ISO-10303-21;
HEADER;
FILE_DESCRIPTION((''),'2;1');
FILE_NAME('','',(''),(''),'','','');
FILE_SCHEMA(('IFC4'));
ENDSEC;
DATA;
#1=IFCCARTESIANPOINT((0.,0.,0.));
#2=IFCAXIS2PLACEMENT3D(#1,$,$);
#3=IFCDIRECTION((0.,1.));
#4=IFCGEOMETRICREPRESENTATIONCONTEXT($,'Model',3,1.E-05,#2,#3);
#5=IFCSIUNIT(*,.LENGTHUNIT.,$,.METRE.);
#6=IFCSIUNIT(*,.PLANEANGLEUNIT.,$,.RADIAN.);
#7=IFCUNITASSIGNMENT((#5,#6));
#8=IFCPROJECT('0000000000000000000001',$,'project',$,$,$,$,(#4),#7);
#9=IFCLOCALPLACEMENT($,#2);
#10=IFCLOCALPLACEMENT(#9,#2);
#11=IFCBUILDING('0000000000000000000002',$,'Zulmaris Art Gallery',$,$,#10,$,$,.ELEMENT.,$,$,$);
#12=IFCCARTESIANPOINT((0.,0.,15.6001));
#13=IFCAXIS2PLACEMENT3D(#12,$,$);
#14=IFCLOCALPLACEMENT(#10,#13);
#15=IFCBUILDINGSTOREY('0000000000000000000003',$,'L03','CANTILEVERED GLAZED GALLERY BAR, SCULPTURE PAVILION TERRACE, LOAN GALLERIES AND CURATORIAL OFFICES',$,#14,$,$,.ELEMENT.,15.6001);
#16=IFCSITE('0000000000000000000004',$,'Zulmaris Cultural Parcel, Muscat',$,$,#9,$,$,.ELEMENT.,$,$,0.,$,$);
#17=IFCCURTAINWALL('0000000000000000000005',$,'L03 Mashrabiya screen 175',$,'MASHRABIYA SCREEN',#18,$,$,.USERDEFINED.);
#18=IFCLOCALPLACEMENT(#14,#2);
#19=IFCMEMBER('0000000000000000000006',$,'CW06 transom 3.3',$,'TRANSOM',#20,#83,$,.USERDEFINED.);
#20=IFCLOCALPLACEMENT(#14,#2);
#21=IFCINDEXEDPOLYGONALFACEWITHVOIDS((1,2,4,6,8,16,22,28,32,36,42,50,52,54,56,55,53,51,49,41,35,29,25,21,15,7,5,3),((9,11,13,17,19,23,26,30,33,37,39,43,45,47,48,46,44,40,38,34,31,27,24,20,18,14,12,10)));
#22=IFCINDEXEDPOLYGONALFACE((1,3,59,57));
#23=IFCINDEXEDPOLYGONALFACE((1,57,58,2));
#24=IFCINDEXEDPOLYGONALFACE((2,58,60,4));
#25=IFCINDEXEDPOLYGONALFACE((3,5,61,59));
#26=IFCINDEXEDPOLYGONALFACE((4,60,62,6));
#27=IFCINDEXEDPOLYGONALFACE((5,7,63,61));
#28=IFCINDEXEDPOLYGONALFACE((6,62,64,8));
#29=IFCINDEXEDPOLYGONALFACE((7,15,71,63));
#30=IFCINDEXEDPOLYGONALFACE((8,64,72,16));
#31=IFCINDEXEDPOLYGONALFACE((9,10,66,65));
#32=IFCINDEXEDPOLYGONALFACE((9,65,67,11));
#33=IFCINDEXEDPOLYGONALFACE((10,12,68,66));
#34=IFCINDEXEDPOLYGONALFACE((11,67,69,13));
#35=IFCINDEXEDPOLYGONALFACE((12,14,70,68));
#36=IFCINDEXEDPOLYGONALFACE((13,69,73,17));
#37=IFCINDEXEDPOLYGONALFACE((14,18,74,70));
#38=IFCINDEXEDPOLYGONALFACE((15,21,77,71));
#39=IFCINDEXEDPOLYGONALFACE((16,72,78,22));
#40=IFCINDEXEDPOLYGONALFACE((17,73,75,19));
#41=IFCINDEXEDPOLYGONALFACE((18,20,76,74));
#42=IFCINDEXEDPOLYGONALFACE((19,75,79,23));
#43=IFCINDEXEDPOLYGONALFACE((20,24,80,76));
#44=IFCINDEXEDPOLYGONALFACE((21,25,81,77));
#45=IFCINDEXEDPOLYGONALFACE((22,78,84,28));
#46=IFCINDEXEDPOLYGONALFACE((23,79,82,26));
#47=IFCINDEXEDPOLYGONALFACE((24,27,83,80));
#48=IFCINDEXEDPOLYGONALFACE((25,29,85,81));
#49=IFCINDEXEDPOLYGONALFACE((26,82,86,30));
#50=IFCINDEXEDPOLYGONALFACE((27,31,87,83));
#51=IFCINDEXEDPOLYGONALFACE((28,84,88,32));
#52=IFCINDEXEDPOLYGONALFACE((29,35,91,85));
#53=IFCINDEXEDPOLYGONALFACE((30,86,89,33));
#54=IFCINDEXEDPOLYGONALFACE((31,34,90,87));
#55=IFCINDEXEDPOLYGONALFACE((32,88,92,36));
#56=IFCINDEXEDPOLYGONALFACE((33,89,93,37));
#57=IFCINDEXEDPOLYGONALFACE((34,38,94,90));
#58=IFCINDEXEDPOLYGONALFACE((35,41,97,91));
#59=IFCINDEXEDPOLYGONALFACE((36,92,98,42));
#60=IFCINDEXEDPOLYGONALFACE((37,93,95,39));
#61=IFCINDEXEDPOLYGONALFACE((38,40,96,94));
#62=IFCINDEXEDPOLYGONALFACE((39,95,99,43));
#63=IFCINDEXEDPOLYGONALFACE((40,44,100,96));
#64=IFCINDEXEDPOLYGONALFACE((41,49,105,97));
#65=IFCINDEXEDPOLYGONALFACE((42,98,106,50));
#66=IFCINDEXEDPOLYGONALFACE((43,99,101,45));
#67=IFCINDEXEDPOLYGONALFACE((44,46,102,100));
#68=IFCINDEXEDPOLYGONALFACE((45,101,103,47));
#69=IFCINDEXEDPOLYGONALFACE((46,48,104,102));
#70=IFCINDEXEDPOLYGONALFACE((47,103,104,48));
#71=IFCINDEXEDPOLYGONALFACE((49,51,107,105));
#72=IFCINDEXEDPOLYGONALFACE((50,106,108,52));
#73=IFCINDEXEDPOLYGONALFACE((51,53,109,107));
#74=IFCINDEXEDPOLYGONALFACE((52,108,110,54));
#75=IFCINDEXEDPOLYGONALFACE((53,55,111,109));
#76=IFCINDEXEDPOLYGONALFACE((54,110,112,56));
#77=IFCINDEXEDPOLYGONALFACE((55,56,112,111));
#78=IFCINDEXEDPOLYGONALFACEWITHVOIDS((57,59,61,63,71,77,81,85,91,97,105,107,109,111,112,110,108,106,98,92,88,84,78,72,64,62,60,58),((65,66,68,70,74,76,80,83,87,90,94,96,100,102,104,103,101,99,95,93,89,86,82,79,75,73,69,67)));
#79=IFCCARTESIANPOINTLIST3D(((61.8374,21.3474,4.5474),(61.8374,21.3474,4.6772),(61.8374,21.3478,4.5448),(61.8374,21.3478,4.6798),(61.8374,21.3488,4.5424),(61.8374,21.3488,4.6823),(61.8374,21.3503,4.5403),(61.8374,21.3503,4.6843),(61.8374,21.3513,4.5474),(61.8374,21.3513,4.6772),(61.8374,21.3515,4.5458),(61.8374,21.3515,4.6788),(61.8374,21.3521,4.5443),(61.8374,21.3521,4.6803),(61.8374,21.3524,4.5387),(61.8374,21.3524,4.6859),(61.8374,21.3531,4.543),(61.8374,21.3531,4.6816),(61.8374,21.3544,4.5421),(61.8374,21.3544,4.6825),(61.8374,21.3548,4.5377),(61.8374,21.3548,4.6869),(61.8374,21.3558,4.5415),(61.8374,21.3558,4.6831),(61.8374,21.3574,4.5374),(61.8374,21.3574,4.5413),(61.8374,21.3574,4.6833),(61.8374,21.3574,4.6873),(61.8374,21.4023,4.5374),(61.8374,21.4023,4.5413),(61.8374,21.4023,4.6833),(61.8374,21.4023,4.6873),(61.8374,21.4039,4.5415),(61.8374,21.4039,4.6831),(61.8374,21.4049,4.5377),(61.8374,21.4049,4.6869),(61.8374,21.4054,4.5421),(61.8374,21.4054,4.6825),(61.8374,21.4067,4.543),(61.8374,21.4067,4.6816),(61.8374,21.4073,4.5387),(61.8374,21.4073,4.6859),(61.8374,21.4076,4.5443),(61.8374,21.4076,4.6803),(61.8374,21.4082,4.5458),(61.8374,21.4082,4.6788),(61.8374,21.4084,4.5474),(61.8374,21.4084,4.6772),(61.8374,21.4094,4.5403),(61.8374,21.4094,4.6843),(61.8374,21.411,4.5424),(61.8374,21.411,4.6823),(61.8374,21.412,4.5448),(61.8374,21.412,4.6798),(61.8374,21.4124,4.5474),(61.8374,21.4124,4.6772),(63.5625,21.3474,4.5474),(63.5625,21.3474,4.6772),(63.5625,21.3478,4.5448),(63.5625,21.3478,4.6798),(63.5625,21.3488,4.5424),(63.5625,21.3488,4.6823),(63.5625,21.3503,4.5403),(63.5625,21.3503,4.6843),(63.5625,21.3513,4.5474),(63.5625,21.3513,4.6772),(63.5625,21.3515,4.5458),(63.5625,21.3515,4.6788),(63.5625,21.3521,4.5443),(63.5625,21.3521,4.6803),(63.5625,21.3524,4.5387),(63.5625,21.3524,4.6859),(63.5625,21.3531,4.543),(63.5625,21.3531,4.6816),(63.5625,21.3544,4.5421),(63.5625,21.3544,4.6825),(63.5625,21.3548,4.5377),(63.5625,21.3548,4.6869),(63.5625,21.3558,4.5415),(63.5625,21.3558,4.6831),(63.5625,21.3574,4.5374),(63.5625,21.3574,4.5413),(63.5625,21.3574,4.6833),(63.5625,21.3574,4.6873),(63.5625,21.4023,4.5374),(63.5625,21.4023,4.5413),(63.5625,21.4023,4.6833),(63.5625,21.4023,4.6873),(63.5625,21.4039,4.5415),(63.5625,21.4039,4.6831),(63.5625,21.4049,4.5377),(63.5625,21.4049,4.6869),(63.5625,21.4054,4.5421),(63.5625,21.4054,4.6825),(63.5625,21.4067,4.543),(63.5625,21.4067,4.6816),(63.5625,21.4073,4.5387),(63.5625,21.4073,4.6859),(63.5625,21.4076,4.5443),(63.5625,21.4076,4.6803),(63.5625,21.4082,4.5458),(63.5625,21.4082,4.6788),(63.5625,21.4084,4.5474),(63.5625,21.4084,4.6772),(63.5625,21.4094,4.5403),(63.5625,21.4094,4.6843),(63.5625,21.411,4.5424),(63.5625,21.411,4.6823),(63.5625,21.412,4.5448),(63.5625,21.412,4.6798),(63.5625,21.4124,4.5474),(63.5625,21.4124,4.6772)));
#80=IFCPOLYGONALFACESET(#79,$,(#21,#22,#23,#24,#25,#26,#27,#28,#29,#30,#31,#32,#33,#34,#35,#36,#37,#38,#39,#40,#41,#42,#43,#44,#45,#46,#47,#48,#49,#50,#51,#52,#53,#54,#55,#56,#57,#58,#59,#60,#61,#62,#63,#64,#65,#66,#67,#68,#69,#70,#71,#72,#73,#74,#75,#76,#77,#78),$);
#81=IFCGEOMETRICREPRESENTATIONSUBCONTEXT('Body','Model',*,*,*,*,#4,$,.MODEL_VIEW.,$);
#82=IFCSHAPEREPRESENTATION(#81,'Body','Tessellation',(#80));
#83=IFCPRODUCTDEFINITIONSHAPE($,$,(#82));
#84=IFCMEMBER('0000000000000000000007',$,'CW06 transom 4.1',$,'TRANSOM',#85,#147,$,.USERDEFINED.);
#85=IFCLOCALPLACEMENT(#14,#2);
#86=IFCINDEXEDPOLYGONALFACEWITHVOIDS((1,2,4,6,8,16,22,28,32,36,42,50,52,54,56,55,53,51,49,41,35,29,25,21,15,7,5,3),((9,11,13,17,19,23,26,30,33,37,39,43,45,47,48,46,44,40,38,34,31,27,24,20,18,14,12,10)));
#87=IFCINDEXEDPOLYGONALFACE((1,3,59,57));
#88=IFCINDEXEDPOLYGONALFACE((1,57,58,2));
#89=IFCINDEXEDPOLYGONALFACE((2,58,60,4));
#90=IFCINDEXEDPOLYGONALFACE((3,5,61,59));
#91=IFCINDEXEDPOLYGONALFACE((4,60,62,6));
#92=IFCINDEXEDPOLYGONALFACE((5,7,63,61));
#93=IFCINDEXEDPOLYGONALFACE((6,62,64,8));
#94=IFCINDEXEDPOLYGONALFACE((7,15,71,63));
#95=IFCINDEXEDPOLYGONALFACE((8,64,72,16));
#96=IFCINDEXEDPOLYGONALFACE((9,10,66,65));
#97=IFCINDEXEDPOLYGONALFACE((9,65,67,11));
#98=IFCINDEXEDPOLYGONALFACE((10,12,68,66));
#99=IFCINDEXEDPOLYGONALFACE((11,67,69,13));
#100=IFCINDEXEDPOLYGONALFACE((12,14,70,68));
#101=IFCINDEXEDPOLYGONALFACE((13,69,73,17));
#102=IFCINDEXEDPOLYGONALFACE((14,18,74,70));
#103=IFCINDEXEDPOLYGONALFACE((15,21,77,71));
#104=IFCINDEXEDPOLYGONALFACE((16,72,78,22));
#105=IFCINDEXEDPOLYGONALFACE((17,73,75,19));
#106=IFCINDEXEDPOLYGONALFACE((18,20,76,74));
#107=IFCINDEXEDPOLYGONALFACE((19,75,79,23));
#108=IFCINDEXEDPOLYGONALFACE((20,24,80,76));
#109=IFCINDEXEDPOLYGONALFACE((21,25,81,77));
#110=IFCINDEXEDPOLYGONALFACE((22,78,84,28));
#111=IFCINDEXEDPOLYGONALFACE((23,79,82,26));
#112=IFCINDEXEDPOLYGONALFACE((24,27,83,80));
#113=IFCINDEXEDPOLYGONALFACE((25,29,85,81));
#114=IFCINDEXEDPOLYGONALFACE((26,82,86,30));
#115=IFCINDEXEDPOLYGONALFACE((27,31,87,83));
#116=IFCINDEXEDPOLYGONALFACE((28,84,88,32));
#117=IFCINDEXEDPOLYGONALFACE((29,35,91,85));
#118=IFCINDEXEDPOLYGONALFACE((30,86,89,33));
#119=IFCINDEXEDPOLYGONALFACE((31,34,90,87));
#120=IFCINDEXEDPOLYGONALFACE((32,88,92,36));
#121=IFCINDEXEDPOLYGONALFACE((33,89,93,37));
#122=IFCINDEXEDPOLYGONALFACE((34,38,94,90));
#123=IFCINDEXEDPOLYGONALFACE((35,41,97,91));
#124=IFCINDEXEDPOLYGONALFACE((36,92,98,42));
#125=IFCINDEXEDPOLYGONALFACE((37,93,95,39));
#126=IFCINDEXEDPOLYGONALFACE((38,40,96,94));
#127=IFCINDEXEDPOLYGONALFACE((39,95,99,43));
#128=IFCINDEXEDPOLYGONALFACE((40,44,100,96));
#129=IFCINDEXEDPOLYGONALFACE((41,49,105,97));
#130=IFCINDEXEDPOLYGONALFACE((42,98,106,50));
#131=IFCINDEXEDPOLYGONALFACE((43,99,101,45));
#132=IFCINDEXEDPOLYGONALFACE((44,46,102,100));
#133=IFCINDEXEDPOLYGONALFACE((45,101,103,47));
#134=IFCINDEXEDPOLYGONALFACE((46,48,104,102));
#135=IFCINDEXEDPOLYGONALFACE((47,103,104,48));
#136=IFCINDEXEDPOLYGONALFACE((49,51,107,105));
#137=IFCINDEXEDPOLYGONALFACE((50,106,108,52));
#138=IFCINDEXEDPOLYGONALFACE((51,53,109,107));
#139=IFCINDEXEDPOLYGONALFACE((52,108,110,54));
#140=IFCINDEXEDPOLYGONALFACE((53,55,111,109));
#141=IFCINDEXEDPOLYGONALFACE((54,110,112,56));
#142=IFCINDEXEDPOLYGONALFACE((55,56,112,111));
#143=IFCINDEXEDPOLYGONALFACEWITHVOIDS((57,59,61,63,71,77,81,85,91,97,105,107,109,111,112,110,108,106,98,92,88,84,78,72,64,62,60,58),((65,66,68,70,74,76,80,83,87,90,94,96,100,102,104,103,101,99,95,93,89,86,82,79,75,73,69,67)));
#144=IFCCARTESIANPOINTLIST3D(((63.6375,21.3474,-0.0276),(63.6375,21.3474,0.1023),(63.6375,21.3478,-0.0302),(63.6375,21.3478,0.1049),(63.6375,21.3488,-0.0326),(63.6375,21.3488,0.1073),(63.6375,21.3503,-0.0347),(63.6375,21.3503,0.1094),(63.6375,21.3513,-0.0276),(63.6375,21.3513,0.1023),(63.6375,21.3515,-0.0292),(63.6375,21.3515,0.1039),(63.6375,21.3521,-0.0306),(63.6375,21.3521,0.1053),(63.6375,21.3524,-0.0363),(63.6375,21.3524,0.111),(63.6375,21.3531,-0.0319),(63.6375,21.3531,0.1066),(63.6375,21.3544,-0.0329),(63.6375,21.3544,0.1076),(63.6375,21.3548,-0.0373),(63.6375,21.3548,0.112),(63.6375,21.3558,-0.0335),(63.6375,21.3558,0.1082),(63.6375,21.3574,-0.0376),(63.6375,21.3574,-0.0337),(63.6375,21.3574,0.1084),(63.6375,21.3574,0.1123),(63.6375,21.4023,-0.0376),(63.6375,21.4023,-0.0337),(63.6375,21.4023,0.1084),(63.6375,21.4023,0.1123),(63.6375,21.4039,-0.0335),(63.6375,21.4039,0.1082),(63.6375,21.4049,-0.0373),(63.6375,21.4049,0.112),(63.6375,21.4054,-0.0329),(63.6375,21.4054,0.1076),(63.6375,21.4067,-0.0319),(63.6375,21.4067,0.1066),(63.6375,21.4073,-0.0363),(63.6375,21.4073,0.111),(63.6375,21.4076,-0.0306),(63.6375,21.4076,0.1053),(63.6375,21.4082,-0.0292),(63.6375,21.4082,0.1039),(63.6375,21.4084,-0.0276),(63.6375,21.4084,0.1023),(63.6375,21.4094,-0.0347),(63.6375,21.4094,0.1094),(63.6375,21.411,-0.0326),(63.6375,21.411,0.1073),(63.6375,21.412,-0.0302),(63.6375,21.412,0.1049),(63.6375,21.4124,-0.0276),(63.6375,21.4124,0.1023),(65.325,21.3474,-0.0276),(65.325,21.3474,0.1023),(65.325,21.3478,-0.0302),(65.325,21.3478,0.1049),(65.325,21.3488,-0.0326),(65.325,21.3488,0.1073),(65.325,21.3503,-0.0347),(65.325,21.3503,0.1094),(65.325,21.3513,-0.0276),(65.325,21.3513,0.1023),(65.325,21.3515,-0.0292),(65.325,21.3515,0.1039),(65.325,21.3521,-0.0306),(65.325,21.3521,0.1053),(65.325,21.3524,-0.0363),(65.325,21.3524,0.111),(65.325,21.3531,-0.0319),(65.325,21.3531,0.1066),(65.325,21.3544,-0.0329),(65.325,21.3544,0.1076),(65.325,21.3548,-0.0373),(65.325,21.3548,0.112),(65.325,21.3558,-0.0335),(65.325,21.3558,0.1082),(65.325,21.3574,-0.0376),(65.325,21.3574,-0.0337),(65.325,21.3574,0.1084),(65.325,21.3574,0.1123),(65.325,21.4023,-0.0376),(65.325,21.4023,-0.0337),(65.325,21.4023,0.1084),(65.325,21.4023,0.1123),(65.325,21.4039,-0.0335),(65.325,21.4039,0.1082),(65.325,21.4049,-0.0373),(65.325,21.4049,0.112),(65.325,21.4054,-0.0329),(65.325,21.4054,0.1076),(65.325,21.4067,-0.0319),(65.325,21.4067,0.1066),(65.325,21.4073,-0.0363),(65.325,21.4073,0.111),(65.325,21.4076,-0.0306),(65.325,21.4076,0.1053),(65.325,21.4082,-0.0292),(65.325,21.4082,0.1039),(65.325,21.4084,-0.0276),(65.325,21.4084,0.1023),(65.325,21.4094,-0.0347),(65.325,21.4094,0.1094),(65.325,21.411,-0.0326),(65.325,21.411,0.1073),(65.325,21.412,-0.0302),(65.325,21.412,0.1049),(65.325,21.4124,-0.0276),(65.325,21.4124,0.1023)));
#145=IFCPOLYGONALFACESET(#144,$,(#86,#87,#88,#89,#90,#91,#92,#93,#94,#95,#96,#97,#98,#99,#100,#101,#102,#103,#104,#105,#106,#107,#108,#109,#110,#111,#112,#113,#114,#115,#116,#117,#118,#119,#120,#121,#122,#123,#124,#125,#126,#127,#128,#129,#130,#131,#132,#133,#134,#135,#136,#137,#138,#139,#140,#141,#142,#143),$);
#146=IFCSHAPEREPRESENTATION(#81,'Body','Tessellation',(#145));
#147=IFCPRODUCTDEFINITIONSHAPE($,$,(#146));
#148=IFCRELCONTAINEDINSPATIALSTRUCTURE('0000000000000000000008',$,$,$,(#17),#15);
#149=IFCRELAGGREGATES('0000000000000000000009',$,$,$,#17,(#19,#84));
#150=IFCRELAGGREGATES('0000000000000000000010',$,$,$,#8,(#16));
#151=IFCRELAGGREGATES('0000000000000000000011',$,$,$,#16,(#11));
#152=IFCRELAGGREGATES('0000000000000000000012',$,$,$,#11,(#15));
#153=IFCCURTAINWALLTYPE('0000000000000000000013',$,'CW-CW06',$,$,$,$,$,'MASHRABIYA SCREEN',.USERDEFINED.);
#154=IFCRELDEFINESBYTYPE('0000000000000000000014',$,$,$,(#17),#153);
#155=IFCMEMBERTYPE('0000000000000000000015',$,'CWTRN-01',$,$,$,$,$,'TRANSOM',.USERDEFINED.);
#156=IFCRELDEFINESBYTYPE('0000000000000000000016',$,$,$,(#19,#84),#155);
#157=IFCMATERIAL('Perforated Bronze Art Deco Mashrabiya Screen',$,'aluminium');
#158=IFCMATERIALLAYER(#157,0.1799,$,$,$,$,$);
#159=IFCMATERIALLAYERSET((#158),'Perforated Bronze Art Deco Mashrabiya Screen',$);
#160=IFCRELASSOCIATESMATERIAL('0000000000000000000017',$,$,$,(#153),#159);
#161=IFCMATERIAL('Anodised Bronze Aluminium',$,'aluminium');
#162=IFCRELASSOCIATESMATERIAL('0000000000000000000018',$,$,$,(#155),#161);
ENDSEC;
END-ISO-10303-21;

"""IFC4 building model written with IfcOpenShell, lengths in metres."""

from ifc_helpers import new_model, si_unit, direction, frame, origin, origin_2d, place, context, subcontext, project, spatial, hollow_rectangle, extrude, material, layer, layer_set, material_profile, profile_set, type_object, element, aggregate, save


model = new_model("IFC4")

# Units and contexts
model_context = context("Model", 3, precision=1e-05, world=origin(), true_north=direction((0.0, 1.0)))
body_context = subcontext(model_context, "Body", "Model", "MODEL_VIEW")
ifc_project = project(units=[si_unit("LENGTHUNIT", "METRE"), si_unit("PLANEANGLEUNIT", "RADIAN")], contexts=[model_context])

# Site, building, storey
site_placement = place(None, origin())
site = spatial("IfcSite", under=ifc_project, at=site_placement, Name="Zulmaris Cultural Parcel, Muscat", CompositionType="ELEMENT", RefElevation=0.0)
building_placement = place(site_placement, origin())
building = spatial("IfcBuilding", under=site, at=building_placement, Name="Zulmaris Art Gallery", CompositionType="ELEMENT")
storey_placement = place(building_placement, frame((0.0, 0.0, 15.6001)))
storey = spatial("IfcBuildingStorey", under=building, at=storey_placement, Name="L03", Description="CANTILEVERED GLAZED GALLERY BAR, SCULPTURE PAVILION TERRACE, LOAN GALLERIES AND CURATORIAL OFFICES", CompositionType="ELEMENT", Elevation=15.6001)

# Curtain wall
ifc_material_1 = material(Name="Anodised Bronze Aluminium", Category="aluminium")
ifc_material_2 = material(Name="Perforated Bronze Art Deco Mashrabiya Screen", Category="aluminium")
ifc_layer_1 = layer(ifc_material_2, 0.1799)
ifc_layer_set_1 = layer_set([ifc_layer_1], Name="Perforated Bronze Art Deco Mashrabiya Screen")
curtain_wall_type_1 = type_object("IfcCurtainWallType", Name="CW-CW06", ElementType="MASHRABIYA SCREEN", PredefinedType="USERDEFINED", material=ifc_layer_set_1)
curtain_wall_1_placement = place(storey_placement, origin())
curtain_wall_1 = element("IfcCurtainWall", 1, at=curtain_wall_1_placement, inside=storey, type_object=curtain_wall_type_1, Name="L03 Mashrabiya screen 175", ObjectType="MASHRABIYA SCREEN", PredefinedType="USERDEFINED")

# Members
ifc_material_profile_1 = material_profile(ifc_material_1, hollow_rectangle(XDim=0.0649, YDim=0.1499, WallThickness=0.0039, InnerFilletRadius=0.0061, OuterFilletRadius=0.01, at=origin_2d()), Name="ALU 65x150x4")
ifc_profile_set_1 = profile_set([ifc_material_profile_1], Name="Anodised Bronze Aluminium")
member_type_1 = type_object("IfcMemberType", Name="CWTRN-01", ElementType="TRANSOM", PredefinedType="USERDEFINED", material=ifc_profile_set_1)
member_1_placement = place(storey_placement, frame((61.8374, 21.3799, 4.6123), z_axis=(1.0, 0.0, 0.0), x_axis=(0.0, 1.0, 0.0)))
member_1 = element("IfcMember", 2, at=member_1_placement, type_object=member_type_1, Name="CW06 transom 3.3", ObjectType="TRANSOM", PredefinedType="USERDEFINED", context=body_context, shape_type="SweptSolid", body=[
    extrude(hollow_rectangle(XDim=0.0649, YDim=0.1499, WallThickness=0.0039, InnerFilletRadius=0.0061, OuterFilletRadius=0.01, at=origin_2d()), origin(), (0.0, 0.0, 1.0), 1.7251),
])
member_2_placement = place(storey_placement, frame((63.6375, 21.3799, 0.0374), z_axis=(1.0, 0.0, 0.0), x_axis=(0.0, 1.0, 0.0)))
member_2 = element("IfcMember", 3, at=member_2_placement, type_object=member_type_1, Name="CW06 transom 4.1", ObjectType="TRANSOM", PredefinedType="USERDEFINED", context=body_context, shape_type="SweptSolid", body=[
    extrude(hollow_rectangle(XDim=0.0649, YDim=0.1499, WallThickness=0.0039, InnerFilletRadius=0.0061, OuterFilletRadius=0.01, at=origin_2d()), origin(), (0.0, 0.0, 1.0), 1.6875),
])

aggregate(curtain_wall_1, [member_1, member_2])

save(model, "model.ifc")
